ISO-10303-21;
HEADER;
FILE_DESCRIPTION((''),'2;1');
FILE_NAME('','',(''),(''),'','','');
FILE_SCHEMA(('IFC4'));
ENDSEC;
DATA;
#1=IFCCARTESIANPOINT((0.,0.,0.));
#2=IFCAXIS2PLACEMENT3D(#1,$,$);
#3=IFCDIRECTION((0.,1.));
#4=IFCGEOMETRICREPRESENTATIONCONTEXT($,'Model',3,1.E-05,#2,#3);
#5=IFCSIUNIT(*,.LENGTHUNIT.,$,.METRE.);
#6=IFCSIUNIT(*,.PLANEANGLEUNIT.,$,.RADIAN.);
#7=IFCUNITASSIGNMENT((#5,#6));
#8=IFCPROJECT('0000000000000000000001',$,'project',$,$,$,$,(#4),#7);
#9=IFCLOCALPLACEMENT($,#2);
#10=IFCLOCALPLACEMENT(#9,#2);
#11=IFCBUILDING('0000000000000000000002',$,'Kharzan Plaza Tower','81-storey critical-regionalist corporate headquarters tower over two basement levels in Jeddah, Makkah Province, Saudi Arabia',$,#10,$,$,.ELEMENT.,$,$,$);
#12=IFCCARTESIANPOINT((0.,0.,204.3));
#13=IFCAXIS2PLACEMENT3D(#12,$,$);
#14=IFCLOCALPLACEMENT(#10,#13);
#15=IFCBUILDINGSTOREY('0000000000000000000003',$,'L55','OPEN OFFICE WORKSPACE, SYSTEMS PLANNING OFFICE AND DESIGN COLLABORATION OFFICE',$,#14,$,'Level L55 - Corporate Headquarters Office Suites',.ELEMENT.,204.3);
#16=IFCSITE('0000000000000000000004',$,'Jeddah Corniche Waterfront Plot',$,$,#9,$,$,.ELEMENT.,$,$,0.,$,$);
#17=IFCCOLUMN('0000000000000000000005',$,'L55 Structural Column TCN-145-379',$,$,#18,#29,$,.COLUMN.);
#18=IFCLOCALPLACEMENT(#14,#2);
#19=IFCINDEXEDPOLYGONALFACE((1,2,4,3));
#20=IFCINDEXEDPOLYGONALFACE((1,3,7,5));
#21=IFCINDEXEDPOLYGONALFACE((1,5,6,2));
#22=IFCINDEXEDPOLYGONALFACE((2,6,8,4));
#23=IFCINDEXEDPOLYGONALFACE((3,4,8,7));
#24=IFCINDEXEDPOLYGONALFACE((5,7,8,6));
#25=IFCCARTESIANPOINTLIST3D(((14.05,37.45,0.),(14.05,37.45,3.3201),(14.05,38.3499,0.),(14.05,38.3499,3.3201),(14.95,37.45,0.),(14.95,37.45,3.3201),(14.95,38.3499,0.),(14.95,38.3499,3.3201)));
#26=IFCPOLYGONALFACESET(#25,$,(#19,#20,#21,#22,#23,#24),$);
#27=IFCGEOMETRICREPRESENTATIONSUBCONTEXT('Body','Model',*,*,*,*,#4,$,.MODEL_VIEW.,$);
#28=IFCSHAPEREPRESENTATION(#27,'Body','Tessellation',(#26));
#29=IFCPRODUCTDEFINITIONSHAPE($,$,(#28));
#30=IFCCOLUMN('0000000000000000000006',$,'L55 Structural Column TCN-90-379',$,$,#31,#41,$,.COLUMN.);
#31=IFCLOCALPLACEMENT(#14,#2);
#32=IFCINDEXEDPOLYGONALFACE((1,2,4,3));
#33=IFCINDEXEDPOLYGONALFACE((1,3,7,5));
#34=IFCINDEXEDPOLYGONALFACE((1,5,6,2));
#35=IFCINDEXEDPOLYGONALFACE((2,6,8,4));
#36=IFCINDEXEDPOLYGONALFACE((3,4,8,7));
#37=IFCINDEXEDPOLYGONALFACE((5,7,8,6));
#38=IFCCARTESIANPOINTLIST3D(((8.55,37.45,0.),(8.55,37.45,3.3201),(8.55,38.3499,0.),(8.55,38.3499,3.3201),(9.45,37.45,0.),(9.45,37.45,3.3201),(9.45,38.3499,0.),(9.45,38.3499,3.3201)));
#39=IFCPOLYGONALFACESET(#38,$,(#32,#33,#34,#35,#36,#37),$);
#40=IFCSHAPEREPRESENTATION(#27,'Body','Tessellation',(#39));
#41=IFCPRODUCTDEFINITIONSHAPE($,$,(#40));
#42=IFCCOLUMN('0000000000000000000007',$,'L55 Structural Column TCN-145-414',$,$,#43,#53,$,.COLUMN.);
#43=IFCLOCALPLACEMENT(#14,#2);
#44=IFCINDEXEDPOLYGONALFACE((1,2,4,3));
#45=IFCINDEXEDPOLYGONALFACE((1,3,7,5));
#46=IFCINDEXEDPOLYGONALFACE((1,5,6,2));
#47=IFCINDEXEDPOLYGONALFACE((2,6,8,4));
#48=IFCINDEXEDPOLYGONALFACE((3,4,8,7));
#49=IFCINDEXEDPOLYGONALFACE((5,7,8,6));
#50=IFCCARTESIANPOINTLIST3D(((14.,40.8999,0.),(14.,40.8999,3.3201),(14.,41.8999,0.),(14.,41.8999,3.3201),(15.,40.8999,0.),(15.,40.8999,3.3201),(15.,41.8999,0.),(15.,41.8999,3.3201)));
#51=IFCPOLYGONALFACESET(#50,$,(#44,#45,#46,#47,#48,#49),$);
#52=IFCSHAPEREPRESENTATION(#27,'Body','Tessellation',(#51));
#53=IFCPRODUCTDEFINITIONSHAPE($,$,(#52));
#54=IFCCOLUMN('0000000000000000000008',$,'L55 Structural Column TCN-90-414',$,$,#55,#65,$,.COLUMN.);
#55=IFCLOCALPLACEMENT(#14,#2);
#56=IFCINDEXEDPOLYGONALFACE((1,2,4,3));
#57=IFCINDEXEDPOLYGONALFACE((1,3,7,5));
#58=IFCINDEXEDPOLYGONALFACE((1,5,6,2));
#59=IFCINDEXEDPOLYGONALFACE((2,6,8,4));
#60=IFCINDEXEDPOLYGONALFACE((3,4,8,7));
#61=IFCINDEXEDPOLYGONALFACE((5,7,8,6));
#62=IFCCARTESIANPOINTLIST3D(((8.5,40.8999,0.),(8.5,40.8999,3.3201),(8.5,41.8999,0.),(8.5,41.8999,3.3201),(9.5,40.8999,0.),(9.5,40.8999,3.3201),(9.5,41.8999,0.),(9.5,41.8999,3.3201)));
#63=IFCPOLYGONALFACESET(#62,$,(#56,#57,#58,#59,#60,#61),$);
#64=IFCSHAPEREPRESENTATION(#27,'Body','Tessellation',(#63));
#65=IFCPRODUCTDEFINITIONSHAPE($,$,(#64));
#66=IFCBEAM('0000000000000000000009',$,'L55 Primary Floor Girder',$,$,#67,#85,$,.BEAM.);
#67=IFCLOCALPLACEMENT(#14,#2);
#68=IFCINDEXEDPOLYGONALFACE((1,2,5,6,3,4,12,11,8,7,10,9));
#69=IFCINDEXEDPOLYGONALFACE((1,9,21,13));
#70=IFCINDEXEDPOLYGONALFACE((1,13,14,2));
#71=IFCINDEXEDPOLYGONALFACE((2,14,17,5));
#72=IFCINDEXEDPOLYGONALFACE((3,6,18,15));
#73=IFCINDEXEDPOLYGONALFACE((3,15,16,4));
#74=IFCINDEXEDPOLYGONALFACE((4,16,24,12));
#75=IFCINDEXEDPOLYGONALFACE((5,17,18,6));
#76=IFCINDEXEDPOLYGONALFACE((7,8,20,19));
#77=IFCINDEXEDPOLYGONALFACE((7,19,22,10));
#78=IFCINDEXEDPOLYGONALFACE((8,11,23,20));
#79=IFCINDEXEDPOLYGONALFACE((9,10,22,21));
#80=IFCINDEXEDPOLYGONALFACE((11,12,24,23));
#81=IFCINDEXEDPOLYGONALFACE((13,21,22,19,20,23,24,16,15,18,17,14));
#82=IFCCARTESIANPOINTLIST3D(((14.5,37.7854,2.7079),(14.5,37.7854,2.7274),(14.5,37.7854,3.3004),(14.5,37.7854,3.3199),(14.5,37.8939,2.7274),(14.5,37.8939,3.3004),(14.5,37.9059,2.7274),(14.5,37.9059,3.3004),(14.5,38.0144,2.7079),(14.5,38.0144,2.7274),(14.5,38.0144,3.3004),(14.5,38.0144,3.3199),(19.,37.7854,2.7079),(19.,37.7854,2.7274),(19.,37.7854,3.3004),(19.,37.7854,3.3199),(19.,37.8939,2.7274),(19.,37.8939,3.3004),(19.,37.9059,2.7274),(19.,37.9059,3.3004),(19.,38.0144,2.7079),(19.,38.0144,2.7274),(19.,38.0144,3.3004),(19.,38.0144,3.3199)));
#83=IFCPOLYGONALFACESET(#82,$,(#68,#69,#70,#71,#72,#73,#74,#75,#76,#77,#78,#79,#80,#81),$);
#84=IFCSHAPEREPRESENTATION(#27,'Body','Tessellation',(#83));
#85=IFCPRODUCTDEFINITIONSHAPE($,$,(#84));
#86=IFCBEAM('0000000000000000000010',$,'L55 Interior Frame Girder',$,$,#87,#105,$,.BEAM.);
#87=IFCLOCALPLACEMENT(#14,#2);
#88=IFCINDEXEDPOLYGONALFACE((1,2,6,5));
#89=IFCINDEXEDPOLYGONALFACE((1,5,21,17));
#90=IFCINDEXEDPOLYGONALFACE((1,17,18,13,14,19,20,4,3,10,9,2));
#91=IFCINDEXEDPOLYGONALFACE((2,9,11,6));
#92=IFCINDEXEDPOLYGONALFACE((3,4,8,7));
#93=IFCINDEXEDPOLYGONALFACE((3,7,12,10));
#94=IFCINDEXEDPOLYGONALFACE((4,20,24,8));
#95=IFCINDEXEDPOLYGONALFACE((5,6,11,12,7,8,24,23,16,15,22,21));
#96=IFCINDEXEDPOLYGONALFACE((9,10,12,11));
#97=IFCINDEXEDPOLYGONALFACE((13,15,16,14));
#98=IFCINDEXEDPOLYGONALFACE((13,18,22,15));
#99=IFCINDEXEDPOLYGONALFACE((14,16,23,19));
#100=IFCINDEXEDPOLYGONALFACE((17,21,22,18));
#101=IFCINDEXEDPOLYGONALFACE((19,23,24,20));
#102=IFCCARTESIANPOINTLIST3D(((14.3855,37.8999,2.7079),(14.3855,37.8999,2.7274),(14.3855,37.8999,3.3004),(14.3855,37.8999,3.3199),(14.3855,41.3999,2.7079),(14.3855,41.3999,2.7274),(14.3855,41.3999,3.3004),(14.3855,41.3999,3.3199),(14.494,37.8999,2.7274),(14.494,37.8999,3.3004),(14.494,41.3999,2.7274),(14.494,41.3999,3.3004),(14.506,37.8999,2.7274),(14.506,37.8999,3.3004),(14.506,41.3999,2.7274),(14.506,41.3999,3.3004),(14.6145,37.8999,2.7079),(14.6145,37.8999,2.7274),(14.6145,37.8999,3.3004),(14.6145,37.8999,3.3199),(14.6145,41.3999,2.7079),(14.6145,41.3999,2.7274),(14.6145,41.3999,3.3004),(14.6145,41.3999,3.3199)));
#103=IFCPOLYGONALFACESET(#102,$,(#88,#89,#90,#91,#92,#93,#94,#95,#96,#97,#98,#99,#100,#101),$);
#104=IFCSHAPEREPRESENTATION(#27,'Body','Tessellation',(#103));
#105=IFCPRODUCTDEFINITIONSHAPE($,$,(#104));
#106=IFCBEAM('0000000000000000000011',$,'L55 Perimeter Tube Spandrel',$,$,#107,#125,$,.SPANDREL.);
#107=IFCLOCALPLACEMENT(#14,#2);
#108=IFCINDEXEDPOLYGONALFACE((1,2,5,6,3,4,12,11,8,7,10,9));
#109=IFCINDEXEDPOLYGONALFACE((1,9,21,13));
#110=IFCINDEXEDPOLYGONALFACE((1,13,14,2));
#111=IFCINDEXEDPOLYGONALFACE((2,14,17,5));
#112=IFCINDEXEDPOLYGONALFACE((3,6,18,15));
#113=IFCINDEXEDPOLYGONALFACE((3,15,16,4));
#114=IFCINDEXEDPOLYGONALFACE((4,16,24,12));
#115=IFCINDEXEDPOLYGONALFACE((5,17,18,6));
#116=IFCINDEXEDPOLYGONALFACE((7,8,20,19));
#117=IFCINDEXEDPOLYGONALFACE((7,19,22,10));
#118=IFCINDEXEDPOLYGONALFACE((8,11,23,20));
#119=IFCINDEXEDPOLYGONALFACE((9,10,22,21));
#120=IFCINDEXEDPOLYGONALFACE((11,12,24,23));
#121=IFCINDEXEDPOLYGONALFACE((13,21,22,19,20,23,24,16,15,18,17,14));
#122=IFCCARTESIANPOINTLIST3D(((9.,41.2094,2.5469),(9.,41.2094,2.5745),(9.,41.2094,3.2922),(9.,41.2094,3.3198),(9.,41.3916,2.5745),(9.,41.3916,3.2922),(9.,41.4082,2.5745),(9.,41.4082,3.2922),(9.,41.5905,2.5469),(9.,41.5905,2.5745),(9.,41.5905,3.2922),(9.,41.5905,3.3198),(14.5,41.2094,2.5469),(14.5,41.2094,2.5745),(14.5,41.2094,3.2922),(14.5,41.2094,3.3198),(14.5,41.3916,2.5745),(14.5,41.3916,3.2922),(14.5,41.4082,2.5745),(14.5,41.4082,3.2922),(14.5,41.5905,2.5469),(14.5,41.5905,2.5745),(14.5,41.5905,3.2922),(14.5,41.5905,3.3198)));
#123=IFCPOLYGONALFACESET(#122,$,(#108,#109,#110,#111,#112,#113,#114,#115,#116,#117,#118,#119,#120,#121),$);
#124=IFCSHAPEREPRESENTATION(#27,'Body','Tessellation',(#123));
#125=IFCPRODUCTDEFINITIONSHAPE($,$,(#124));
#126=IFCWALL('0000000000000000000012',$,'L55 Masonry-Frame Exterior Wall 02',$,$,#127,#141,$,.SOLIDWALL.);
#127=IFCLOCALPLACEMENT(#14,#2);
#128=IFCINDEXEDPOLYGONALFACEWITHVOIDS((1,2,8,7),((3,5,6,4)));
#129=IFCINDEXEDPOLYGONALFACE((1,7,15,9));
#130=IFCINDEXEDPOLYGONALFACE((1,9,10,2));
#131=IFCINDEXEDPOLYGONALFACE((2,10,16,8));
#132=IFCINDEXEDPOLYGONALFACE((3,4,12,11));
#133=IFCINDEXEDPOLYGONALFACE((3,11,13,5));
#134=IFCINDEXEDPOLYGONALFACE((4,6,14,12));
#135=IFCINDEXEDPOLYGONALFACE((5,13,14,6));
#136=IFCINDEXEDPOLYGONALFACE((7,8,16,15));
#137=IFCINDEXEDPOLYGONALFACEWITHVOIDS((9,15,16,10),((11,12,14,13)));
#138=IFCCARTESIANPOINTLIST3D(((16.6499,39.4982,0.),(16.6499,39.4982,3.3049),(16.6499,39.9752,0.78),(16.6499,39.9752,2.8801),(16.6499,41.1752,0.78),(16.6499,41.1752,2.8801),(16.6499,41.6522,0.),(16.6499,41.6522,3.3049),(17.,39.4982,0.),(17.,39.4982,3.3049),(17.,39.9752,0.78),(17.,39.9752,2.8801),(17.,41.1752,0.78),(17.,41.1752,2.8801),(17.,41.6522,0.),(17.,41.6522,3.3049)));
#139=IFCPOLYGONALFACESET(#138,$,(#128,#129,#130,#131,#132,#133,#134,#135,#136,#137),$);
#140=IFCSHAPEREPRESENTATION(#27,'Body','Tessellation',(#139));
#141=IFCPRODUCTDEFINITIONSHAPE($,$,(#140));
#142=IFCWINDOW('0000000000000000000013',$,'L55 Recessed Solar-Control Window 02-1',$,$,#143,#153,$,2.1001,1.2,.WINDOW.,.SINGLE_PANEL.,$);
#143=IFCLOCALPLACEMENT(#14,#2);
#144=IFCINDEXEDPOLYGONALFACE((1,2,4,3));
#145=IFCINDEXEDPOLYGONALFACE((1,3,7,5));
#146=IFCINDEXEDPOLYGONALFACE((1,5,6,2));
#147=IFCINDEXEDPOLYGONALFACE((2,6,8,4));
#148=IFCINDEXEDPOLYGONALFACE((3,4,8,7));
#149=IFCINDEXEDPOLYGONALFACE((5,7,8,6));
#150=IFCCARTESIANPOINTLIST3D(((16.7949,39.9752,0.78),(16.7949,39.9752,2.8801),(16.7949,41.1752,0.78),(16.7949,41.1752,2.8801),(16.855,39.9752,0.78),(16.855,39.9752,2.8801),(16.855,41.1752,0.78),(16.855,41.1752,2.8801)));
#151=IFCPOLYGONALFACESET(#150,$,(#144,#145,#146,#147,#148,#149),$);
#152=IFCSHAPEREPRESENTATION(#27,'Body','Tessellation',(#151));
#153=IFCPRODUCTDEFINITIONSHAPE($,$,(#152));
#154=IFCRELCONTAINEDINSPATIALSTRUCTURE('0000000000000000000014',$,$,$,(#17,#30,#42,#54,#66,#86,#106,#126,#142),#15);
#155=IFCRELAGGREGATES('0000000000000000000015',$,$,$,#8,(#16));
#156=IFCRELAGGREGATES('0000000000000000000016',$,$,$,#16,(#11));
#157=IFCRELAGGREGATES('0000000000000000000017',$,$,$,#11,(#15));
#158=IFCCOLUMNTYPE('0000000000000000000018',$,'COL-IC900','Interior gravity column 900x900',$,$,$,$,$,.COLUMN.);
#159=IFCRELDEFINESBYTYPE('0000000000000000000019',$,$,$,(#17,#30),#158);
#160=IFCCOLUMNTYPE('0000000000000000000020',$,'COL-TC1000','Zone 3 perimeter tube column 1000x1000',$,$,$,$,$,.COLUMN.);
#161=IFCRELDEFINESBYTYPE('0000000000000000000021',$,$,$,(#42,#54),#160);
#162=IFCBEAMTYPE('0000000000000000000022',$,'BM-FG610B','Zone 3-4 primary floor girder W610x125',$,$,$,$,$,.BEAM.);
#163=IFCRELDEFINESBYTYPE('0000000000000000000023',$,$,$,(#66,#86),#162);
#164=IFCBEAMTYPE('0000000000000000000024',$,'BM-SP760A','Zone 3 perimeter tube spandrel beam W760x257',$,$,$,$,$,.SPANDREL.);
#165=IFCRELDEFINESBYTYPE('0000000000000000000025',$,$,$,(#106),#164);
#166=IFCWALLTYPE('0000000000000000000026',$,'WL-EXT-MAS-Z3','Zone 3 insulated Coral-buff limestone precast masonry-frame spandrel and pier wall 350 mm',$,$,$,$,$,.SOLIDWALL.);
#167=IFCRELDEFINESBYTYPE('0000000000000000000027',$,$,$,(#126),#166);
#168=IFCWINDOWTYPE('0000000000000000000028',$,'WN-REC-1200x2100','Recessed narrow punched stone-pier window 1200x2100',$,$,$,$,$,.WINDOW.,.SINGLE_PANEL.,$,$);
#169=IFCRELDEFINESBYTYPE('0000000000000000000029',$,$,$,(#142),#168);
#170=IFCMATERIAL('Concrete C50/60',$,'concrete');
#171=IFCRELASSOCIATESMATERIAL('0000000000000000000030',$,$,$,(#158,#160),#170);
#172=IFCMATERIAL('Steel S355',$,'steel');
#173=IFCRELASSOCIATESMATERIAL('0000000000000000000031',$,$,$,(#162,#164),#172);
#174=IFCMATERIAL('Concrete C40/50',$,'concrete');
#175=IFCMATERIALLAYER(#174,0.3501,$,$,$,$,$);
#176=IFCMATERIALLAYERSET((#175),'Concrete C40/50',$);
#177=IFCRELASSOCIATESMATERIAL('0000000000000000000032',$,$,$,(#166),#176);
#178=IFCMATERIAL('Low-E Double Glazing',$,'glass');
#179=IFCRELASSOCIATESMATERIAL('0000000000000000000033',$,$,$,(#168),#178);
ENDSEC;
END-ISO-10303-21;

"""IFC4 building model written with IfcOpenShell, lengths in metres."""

from ifc_helpers import new_model, si_unit, direction, frame, frame_2d, origin, origin_2d, place, context, subcontext, project, spatial, rectangle, i_section, extrude, source, transform, mapped, material, layer, layer_set, material_profile, profile_set, type_object, element, fill, save


model = new_model("IFC4")

# Units and contexts
model_context = context("Model", 3, precision=1e-05, world=origin(), true_north=direction((0.0, 1.0)))
body_context = subcontext(model_context, "Body", "Model", "MODEL_VIEW")
ifc_project = project(units=[si_unit("LENGTHUNIT", "METRE"), si_unit("PLANEANGLEUNIT", "RADIAN")], contexts=[model_context])

# Site, building, storey
site_placement = place(None, origin())
site = spatial("IfcSite", under=ifc_project, at=site_placement, Name="Jeddah Corniche Waterfront Plot", CompositionType="ELEMENT", RefElevation=0.0)
building_placement = place(site_placement, origin())
building = spatial("IfcBuilding", under=site, at=building_placement, Name="Kharzan Plaza Tower", Description="81-storey critical-regionalist corporate headquarters tower over two basement levels in Jeddah, Makkah Province, Saudi Arabia", CompositionType="ELEMENT")
storey_placement = place(building_placement, frame((0.0, 0.0, 204.3)))
storey = spatial("IfcBuildingStorey", under=building, at=storey_placement, Name="L55", Description="OPEN OFFICE WORKSPACE, SYSTEMS PLANNING OFFICE AND DESIGN COLLABORATION OFFICE", LongName="Level L55 - Corporate Headquarters Office Suites", CompositionType="ELEMENT", Elevation=204.3)

# Columns
ifc_material_1 = material(Name="Concrete C50/60", Category="concrete")
ifc_material_profile_1 = material_profile(ifc_material_1, rectangle(XDim=0.8999, YDim=0.8999, at=origin_2d()), Name="RC-IC900x900")
ifc_profile_set_1 = profile_set([ifc_material_profile_1], Name="Concrete C50/60")
column_type_1 = type_object("IfcColumnType", Name="COL-IC900", Description="Interior gravity column 900x900", PredefinedType="COLUMN", material=ifc_profile_set_1)
shared_shape_1 = source(origin(), body_context, "Body", "SweptSolid", [
    extrude(rectangle(XDim=0.8999, YDim=0.8999, at=origin_2d()), origin(), (0.0, 0.0, 1.0), 3.3201),
])
for number, where, z_axis, x_axis, name in (
    (1, (14.5, 37.8999, 0.0), (0.0, 0.0, 1.0), (1.0, 0.0, 0.0), "L55 Structural Column TCN-145-379"),
    (2, (9.0, 37.8999, 0.0), (0.0, 0.0, 1.0), (1.0, 0.0, 0.0), "L55 Structural Column TCN-90-379"),
):
    element("IfcColumn", number, at=place(storey_placement, frame(where, z_axis=z_axis, x_axis=x_axis)), inside=storey, type_object=column_type_1, Name=name, PredefinedType="COLUMN", context=body_context, shape_type="MappedRepresentation", body=[
        mapped(shared_shape_1, transform((0.0, 0.0, 0.0), x_axis=(1.0, 0.0, 0.0), y_axis=(0.0, 1.0, 0.0), z_axis=(0.0, 0.0, 1.0))),
    ])
ifc_material_profile_2 = material_profile(ifc_material_1, rectangle(XDim=1.0, YDim=1.0, at=origin_2d()), Name="RC-TC1000x1000")
ifc_profile_set_2 = profile_set([ifc_material_profile_2], Name="Concrete C50/60")
column_type_2 = type_object("IfcColumnType", Name="COL-TC1000", Description="Zone 3 perimeter tube column 1000x1000", PredefinedType="COLUMN", material=ifc_profile_set_2)
shared_shape_2 = source(origin(), body_context, "Body", "SweptSolid", [
    extrude(rectangle(XDim=1.0, YDim=1.0, at=origin_2d()), origin(), (0.0, 0.0, 1.0), 3.3201),
])
for number, where, z_axis, x_axis, name in (
    (3, (14.5, 41.3999, 0.0), (0.0, 0.0, 1.0), (1.0, 0.0, 0.0), "L55 Structural Column TCN-145-414"),
    (4, (9.0, 41.3999, 0.0), (0.0, 0.0, 1.0), (1.0, 0.0, 0.0), "L55 Structural Column TCN-90-414"),
):
    element("IfcColumn", number, at=place(storey_placement, frame(where, z_axis=z_axis, x_axis=x_axis)), inside=storey, type_object=column_type_2, Name=name, PredefinedType="COLUMN", context=body_context, shape_type="MappedRepresentation", body=[
        mapped(shared_shape_2, transform((0.0, 0.0, 0.0), x_axis=(1.0, 0.0, 0.0), y_axis=(0.0, 1.0, 0.0), z_axis=(0.0, 0.0, 1.0))),
    ])

# Beams
ifc_material_2 = material(Name="Steel S355", Category="steel")
ifc_material_profile_3 = material_profile(ifc_material_2, i_section(OverallWidth=0.229, OverallDepth=0.6121, WebThickness=0.012, FlangeThickness=0.0195, at=origin_2d()), Name="W610x125")
ifc_profile_set_3 = profile_set([ifc_material_profile_3], Name="Steel S355")
beam_type_1 = type_object("IfcBeamType", Name="BM-FG610B", Description="Zone 3-4 primary floor girder W610x125", PredefinedType="BEAM", material=ifc_profile_set_3)
shared_shape_3 = source(origin(), body_context, "Body", "SweptSolid", [
    extrude(i_section(OverallWidth=0.229, OverallDepth=0.6121, WebThickness=0.012, FlangeThickness=0.0195, at=origin_2d()), origin(), (0.0, 0.0, 1.0), 4.5),
])
beam_1_placement = place(storey_placement, frame((14.5, 37.8999, 3.0139), z_axis=(1.0, 0.0, 0.0), x_axis=(0.0, 1.0, 0.0)))
element("IfcBeam", 5, at=beam_1_placement, inside=storey, type_object=beam_type_1, Name="L55 Primary Floor Girder", PredefinedType="BEAM", context=body_context, shape_type="MappedRepresentation", body=[
    mapped(shared_shape_3, transform((0.0, 0.0, 0.0), x_axis=(1.0, 0.0, 0.0), y_axis=(0.0, 1.0, 0.0), z_axis=(0.0, 0.0, 1.0))),
])
shared_shape_4 = source(origin(), body_context, "Body", "SweptSolid", [
    extrude(i_section(OverallWidth=0.229, OverallDepth=0.6121, WebThickness=0.012, FlangeThickness=0.0195, at=origin_2d()), origin(), (0.0, 0.0, 1.0), 3.5),
])
beam_2_placement = place(storey_placement, frame((14.5, 37.8999, 3.0139), z_axis=(0.0, 1.0, 0.0), x_axis=(-1.0, 0.0, 0.0)))
element("IfcBeam", 6, at=beam_2_placement, inside=storey, type_object=beam_type_1, Name="L55 Interior Frame Girder", PredefinedType="BEAM", context=body_context, shape_type="MappedRepresentation", body=[
    mapped(shared_shape_4, transform((0.0, 0.0, 0.0), x_axis=(1.0, 0.0, 0.0), y_axis=(0.0, 1.0, 0.0), z_axis=(0.0, 0.0, 1.0))),
])
ifc_material_profile_4 = material_profile(ifc_material_2, i_section(OverallWidth=0.3811, OverallDepth=0.7729, WebThickness=0.0166, FlangeThickness=0.0276, at=origin_2d()), Name="W760x257")
ifc_profile_set_4 = profile_set([ifc_material_profile_4], Name="Steel S355")
beam_type_2 = type_object("IfcBeamType", Name="BM-SP760A", Description="Zone 3 perimeter tube spandrel beam W760x257", PredefinedType="SPANDREL", material=ifc_profile_set_4)
shared_shape_5 = source(origin(), body_context, "Body", "SweptSolid", [
    extrude(i_section(OverallWidth=0.3811, OverallDepth=0.7729, WebThickness=0.0166, FlangeThickness=0.0276, at=origin_2d()), origin(), (0.0, 0.0, 1.0), 5.5),
])
beam_3_placement = place(storey_placement, frame((9.0, 41.3999, 2.9333), z_axis=(1.0, 0.0, 0.0), x_axis=(0.0, 1.0, 0.0)))
element("IfcBeam", 7, at=beam_3_placement, inside=storey, type_object=beam_type_2, Name="L55 Perimeter Tube Spandrel", PredefinedType="SPANDREL", context=body_context, shape_type="MappedRepresentation", body=[
    mapped(shared_shape_5, transform((0.0, 0.0, 0.0), x_axis=(1.0, 0.0, 0.0), y_axis=(0.0, 1.0, 0.0), z_axis=(0.0, 0.0, 1.0))),
])

# Wall, opening, window
ifc_material_3 = material(Name="Concrete C40/50", Category="concrete")
ifc_layer_1 = layer(ifc_material_3, 0.3501)
ifc_layer_set_1 = layer_set([ifc_layer_1], Name="Concrete C40/50")
wall_type_1 = type_object("IfcWallType", Name="WL-EXT-MAS-Z3", Description="Zone 3 insulated Coral-buff limestone precast masonry-frame spandrel and pier wall 350 mm", PredefinedType="SOLIDWALL", material=ifc_layer_set_1)
wall_1_placement = place(storey_placement, frame((16.825, 39.498, 0.0), z_axis=(0.0, 0.0, 1.0), x_axis=(0.0, 1.0, 0.0)))
wall_1 = element("IfcWall", 8, at=wall_1_placement, inside=storey, type_object=wall_type_1, Name="L55 Masonry-Frame Exterior Wall 02", PredefinedType="SOLIDWALL", context=body_context, shape_type="SweptSolid", body=[
    extrude(rectangle(XDim=2.1541, YDim=0.3501, at=frame_2d((1.0771, 0.0))), origin(), (0.0, 0.0, 1.0), 3.3049),
])
opening_1_placement = place(wall_1_placement, frame((0.4771, 0.0, 0.78)))
opening_1 = element("IfcOpeningElement", 9, at=opening_1_placement, cuts=wall_1, PredefinedType="OPENING", context=body_context, shape_type="SweptSolid", body=[
    extrude(rectangle(XDim=1.2, YDim=2.1001, at=frame_2d((0.6001, 1.05))), frame((0.0, 0.1851, 0.0), z_axis=(0.0, -1.0, 0.0), x_axis=(1.0, 0.0, 0.0)), (0.0, 0.0, 1.0), 0.3701),
])
ifc_material_4 = material(Name="Low-E Double Glazing", Category="glass")
window_type_1 = type_object("IfcWindowType", Name="WN-REC-1200x2100", Description="Recessed narrow punched stone-pier window 1200x2100", PartitioningType="SINGLE_PANEL", PredefinedType="WINDOW", material=ifc_material_4)
shared_shape_6 = source(origin(), body_context, "Body", "SweptSolid", [
    extrude(rectangle(XDim=1.2, YDim=2.1001, at=frame_2d((0.6001, 1.05))), frame((0.0, 0.03, 0.0), z_axis=(0.0, -1.0, 0.0), x_axis=(1.0, 0.0, 0.0)), (0.0, 0.0, 1.0), 0.0601),
])
window_1_placement = place(opening_1_placement, origin())
window_1 = element("IfcWindow", 10, at=window_1_placement, inside=storey, type_object=window_type_1, Name="L55 Recessed Solar-Control Window 02-1", OverallHeight=2.1001, OverallWidth=1.2, PartitioningType="SINGLE_PANEL", PredefinedType="WINDOW", context=body_context, shape_type="MappedRepresentation", body=[
    mapped(shared_shape_6, transform((0.0, 0.0, 0.0), x_axis=(1.0, 0.0, 0.0), y_axis=(0.0, 1.0, 0.0), z_axis=(0.0, 0.0, 1.0))),
])
fill(opening_1, window_1)

save(model, "model.ifc")
